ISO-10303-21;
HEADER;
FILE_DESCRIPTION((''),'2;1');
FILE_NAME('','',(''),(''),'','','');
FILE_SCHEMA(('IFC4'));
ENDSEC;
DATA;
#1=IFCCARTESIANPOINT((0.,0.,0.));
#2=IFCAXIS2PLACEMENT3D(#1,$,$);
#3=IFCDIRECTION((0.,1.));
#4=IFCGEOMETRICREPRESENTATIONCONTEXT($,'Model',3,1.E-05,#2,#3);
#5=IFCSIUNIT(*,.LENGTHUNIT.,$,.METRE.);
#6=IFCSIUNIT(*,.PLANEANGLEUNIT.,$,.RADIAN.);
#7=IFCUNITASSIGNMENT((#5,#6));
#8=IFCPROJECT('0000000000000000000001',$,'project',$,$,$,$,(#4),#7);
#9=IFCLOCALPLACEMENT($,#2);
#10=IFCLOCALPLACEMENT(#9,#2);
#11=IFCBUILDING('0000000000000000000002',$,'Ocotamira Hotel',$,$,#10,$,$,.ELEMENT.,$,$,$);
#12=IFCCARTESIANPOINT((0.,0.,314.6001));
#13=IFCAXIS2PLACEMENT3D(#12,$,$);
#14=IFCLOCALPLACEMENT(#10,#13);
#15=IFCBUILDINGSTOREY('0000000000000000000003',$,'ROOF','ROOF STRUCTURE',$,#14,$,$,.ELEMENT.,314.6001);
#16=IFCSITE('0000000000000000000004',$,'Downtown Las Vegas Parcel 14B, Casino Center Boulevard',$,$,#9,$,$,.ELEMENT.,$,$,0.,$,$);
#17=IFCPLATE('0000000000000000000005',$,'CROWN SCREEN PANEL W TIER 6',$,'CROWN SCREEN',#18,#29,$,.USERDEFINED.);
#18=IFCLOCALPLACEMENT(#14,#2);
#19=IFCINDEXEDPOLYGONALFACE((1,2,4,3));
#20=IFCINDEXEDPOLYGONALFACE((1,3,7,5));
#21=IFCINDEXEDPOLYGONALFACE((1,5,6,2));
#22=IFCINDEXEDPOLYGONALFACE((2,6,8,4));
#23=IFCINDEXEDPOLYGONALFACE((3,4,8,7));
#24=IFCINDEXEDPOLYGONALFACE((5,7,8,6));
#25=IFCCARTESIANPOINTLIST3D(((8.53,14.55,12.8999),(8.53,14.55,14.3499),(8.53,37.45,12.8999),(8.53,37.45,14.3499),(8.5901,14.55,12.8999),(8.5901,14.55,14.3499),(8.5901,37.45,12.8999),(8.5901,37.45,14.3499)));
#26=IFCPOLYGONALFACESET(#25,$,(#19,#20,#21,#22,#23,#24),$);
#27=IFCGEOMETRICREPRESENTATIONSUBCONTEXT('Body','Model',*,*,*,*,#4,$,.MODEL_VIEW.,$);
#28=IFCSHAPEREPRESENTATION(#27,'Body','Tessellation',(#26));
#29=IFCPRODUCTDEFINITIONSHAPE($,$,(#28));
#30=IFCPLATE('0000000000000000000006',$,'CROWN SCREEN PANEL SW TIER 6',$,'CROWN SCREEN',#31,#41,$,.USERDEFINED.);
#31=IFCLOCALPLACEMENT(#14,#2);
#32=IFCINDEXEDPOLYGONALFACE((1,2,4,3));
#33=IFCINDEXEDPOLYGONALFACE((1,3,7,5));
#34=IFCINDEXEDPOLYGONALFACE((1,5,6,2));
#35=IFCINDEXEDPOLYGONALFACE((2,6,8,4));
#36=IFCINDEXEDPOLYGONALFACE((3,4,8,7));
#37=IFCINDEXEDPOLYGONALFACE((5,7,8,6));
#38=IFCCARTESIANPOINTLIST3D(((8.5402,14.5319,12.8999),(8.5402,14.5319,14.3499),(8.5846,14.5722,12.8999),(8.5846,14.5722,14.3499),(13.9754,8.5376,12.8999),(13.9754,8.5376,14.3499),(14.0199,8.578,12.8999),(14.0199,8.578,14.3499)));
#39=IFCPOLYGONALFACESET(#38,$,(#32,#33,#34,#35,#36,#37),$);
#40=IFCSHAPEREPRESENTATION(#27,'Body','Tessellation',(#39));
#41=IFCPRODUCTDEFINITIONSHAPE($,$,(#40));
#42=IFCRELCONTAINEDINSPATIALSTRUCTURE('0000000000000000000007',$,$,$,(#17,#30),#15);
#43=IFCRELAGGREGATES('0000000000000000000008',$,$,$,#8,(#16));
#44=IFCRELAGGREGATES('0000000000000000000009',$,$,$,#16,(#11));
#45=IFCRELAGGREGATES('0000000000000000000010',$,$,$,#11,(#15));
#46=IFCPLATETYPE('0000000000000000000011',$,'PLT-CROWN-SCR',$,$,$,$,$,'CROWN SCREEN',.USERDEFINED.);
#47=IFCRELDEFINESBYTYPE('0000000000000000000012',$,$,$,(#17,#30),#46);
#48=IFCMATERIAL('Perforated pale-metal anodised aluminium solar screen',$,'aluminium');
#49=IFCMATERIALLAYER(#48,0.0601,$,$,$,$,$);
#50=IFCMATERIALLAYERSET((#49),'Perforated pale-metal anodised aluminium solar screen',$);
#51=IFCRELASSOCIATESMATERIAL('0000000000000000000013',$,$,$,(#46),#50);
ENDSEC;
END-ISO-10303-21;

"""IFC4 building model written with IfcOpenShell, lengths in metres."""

from ifc_helpers import new_model, si_unit, direction, frame, origin, origin_2d, place, context, subcontext, project, spatial, rectangle, extrude, source, transform, mapped, material, layer, layer_set, type_object, element, save


model = new_model("IFC4")

# Units and contexts
model_context = context("Model", 3, precision=1e-05, world=origin(), true_north=direction((0.0, 1.0)))
body_context = subcontext(model_context, "Body", "Model", "MODEL_VIEW")
ifc_project = project(units=[si_unit("LENGTHUNIT", "METRE"), si_unit("PLANEANGLEUNIT", "RADIAN")], contexts=[model_context])

# Site, building, storey
site_placement = place(None, origin())
site = spatial("IfcSite", under=ifc_project, at=site_placement, Name="Downtown Las Vegas Parcel 14B, Casino Center Boulevard", CompositionType="ELEMENT", RefElevation=0.0)
building_placement = place(site_placement, origin())
building = spatial("IfcBuilding", under=site, at=building_placement, Name="Ocotamira Hotel", CompositionType="ELEMENT")
storey_placement = place(building_placement, frame((0.0, 0.0, 314.6001)))
storey = spatial("IfcBuildingStorey", under=building, at=storey_placement, Name="ROOF", Description="ROOF STRUCTURE", CompositionType="ELEMENT", Elevation=314.6001)

# Plates
ifc_material_1 = material(Name="Perforated pale-metal anodised aluminium solar screen", Category="aluminium")
ifc_layer_1 = layer(ifc_material_1, 0.0601)
ifc_layer_set_1 = layer_set([ifc_layer_1], Name="Perforated pale-metal anodised aluminium solar screen")
plate_type_1 = type_object("IfcPlateType", Name="PLT-CROWN-SCR", ElementType="CROWN SCREEN", PredefinedType="USERDEFINED", material=ifc_layer_set_1)
shared_shape_1 = source(origin(), body_context, "Body", "SweptSolid", [
    extrude(rectangle(XDim=22.8999, YDim=0.0601, at=origin_2d()), origin(), (0.0, 0.0, 1.0), 1.45),
])
plate_1_placement = place(storey_placement, frame((8.5601, 26.0, 12.8999), z_axis=(0.0, 0.0, 1.0), x_axis=(0.0, 1.0, 0.0)))
element("IfcPlate", 1, at=plate_1_placement, inside=storey, type_object=plate_type_1, Name="CROWN SCREEN PANEL W TIER 6", ObjectType="CROWN SCREEN", PredefinedType="USERDEFINED", context=body_context, shape_type="MappedRepresentation", body=[
    mapped(shared_shape_1, transform((0.0, 0.0, 0.0), scale=1.0)),
])
shared_shape_2 = source(origin(), body_context, "Body", "SweptSolid", [
    extrude(rectangle(XDim=8.0916, YDim=0.0601, at=origin_2d()), origin(), (0.0, 0.0, 1.0), 1.45),
])
plate_2_placement = place(storey_placement, frame((11.28, 11.5549, 12.8999), z_axis=(0.0, 0.0, 1.0), x_axis=(0.671721, -0.740805, 0.0)))
element("IfcPlate", 2, at=plate_2_placement, inside=storey, type_object=plate_type_1, Name="CROWN SCREEN PANEL SW TIER 6", ObjectType="CROWN SCREEN", PredefinedType="USERDEFINED", context=body_context, shape_type="MappedRepresentation", body=[
    mapped(shared_shape_2, transform((0.0, 0.0, 0.0), scale=1.0)),
])

save(model, "model.ifc")
